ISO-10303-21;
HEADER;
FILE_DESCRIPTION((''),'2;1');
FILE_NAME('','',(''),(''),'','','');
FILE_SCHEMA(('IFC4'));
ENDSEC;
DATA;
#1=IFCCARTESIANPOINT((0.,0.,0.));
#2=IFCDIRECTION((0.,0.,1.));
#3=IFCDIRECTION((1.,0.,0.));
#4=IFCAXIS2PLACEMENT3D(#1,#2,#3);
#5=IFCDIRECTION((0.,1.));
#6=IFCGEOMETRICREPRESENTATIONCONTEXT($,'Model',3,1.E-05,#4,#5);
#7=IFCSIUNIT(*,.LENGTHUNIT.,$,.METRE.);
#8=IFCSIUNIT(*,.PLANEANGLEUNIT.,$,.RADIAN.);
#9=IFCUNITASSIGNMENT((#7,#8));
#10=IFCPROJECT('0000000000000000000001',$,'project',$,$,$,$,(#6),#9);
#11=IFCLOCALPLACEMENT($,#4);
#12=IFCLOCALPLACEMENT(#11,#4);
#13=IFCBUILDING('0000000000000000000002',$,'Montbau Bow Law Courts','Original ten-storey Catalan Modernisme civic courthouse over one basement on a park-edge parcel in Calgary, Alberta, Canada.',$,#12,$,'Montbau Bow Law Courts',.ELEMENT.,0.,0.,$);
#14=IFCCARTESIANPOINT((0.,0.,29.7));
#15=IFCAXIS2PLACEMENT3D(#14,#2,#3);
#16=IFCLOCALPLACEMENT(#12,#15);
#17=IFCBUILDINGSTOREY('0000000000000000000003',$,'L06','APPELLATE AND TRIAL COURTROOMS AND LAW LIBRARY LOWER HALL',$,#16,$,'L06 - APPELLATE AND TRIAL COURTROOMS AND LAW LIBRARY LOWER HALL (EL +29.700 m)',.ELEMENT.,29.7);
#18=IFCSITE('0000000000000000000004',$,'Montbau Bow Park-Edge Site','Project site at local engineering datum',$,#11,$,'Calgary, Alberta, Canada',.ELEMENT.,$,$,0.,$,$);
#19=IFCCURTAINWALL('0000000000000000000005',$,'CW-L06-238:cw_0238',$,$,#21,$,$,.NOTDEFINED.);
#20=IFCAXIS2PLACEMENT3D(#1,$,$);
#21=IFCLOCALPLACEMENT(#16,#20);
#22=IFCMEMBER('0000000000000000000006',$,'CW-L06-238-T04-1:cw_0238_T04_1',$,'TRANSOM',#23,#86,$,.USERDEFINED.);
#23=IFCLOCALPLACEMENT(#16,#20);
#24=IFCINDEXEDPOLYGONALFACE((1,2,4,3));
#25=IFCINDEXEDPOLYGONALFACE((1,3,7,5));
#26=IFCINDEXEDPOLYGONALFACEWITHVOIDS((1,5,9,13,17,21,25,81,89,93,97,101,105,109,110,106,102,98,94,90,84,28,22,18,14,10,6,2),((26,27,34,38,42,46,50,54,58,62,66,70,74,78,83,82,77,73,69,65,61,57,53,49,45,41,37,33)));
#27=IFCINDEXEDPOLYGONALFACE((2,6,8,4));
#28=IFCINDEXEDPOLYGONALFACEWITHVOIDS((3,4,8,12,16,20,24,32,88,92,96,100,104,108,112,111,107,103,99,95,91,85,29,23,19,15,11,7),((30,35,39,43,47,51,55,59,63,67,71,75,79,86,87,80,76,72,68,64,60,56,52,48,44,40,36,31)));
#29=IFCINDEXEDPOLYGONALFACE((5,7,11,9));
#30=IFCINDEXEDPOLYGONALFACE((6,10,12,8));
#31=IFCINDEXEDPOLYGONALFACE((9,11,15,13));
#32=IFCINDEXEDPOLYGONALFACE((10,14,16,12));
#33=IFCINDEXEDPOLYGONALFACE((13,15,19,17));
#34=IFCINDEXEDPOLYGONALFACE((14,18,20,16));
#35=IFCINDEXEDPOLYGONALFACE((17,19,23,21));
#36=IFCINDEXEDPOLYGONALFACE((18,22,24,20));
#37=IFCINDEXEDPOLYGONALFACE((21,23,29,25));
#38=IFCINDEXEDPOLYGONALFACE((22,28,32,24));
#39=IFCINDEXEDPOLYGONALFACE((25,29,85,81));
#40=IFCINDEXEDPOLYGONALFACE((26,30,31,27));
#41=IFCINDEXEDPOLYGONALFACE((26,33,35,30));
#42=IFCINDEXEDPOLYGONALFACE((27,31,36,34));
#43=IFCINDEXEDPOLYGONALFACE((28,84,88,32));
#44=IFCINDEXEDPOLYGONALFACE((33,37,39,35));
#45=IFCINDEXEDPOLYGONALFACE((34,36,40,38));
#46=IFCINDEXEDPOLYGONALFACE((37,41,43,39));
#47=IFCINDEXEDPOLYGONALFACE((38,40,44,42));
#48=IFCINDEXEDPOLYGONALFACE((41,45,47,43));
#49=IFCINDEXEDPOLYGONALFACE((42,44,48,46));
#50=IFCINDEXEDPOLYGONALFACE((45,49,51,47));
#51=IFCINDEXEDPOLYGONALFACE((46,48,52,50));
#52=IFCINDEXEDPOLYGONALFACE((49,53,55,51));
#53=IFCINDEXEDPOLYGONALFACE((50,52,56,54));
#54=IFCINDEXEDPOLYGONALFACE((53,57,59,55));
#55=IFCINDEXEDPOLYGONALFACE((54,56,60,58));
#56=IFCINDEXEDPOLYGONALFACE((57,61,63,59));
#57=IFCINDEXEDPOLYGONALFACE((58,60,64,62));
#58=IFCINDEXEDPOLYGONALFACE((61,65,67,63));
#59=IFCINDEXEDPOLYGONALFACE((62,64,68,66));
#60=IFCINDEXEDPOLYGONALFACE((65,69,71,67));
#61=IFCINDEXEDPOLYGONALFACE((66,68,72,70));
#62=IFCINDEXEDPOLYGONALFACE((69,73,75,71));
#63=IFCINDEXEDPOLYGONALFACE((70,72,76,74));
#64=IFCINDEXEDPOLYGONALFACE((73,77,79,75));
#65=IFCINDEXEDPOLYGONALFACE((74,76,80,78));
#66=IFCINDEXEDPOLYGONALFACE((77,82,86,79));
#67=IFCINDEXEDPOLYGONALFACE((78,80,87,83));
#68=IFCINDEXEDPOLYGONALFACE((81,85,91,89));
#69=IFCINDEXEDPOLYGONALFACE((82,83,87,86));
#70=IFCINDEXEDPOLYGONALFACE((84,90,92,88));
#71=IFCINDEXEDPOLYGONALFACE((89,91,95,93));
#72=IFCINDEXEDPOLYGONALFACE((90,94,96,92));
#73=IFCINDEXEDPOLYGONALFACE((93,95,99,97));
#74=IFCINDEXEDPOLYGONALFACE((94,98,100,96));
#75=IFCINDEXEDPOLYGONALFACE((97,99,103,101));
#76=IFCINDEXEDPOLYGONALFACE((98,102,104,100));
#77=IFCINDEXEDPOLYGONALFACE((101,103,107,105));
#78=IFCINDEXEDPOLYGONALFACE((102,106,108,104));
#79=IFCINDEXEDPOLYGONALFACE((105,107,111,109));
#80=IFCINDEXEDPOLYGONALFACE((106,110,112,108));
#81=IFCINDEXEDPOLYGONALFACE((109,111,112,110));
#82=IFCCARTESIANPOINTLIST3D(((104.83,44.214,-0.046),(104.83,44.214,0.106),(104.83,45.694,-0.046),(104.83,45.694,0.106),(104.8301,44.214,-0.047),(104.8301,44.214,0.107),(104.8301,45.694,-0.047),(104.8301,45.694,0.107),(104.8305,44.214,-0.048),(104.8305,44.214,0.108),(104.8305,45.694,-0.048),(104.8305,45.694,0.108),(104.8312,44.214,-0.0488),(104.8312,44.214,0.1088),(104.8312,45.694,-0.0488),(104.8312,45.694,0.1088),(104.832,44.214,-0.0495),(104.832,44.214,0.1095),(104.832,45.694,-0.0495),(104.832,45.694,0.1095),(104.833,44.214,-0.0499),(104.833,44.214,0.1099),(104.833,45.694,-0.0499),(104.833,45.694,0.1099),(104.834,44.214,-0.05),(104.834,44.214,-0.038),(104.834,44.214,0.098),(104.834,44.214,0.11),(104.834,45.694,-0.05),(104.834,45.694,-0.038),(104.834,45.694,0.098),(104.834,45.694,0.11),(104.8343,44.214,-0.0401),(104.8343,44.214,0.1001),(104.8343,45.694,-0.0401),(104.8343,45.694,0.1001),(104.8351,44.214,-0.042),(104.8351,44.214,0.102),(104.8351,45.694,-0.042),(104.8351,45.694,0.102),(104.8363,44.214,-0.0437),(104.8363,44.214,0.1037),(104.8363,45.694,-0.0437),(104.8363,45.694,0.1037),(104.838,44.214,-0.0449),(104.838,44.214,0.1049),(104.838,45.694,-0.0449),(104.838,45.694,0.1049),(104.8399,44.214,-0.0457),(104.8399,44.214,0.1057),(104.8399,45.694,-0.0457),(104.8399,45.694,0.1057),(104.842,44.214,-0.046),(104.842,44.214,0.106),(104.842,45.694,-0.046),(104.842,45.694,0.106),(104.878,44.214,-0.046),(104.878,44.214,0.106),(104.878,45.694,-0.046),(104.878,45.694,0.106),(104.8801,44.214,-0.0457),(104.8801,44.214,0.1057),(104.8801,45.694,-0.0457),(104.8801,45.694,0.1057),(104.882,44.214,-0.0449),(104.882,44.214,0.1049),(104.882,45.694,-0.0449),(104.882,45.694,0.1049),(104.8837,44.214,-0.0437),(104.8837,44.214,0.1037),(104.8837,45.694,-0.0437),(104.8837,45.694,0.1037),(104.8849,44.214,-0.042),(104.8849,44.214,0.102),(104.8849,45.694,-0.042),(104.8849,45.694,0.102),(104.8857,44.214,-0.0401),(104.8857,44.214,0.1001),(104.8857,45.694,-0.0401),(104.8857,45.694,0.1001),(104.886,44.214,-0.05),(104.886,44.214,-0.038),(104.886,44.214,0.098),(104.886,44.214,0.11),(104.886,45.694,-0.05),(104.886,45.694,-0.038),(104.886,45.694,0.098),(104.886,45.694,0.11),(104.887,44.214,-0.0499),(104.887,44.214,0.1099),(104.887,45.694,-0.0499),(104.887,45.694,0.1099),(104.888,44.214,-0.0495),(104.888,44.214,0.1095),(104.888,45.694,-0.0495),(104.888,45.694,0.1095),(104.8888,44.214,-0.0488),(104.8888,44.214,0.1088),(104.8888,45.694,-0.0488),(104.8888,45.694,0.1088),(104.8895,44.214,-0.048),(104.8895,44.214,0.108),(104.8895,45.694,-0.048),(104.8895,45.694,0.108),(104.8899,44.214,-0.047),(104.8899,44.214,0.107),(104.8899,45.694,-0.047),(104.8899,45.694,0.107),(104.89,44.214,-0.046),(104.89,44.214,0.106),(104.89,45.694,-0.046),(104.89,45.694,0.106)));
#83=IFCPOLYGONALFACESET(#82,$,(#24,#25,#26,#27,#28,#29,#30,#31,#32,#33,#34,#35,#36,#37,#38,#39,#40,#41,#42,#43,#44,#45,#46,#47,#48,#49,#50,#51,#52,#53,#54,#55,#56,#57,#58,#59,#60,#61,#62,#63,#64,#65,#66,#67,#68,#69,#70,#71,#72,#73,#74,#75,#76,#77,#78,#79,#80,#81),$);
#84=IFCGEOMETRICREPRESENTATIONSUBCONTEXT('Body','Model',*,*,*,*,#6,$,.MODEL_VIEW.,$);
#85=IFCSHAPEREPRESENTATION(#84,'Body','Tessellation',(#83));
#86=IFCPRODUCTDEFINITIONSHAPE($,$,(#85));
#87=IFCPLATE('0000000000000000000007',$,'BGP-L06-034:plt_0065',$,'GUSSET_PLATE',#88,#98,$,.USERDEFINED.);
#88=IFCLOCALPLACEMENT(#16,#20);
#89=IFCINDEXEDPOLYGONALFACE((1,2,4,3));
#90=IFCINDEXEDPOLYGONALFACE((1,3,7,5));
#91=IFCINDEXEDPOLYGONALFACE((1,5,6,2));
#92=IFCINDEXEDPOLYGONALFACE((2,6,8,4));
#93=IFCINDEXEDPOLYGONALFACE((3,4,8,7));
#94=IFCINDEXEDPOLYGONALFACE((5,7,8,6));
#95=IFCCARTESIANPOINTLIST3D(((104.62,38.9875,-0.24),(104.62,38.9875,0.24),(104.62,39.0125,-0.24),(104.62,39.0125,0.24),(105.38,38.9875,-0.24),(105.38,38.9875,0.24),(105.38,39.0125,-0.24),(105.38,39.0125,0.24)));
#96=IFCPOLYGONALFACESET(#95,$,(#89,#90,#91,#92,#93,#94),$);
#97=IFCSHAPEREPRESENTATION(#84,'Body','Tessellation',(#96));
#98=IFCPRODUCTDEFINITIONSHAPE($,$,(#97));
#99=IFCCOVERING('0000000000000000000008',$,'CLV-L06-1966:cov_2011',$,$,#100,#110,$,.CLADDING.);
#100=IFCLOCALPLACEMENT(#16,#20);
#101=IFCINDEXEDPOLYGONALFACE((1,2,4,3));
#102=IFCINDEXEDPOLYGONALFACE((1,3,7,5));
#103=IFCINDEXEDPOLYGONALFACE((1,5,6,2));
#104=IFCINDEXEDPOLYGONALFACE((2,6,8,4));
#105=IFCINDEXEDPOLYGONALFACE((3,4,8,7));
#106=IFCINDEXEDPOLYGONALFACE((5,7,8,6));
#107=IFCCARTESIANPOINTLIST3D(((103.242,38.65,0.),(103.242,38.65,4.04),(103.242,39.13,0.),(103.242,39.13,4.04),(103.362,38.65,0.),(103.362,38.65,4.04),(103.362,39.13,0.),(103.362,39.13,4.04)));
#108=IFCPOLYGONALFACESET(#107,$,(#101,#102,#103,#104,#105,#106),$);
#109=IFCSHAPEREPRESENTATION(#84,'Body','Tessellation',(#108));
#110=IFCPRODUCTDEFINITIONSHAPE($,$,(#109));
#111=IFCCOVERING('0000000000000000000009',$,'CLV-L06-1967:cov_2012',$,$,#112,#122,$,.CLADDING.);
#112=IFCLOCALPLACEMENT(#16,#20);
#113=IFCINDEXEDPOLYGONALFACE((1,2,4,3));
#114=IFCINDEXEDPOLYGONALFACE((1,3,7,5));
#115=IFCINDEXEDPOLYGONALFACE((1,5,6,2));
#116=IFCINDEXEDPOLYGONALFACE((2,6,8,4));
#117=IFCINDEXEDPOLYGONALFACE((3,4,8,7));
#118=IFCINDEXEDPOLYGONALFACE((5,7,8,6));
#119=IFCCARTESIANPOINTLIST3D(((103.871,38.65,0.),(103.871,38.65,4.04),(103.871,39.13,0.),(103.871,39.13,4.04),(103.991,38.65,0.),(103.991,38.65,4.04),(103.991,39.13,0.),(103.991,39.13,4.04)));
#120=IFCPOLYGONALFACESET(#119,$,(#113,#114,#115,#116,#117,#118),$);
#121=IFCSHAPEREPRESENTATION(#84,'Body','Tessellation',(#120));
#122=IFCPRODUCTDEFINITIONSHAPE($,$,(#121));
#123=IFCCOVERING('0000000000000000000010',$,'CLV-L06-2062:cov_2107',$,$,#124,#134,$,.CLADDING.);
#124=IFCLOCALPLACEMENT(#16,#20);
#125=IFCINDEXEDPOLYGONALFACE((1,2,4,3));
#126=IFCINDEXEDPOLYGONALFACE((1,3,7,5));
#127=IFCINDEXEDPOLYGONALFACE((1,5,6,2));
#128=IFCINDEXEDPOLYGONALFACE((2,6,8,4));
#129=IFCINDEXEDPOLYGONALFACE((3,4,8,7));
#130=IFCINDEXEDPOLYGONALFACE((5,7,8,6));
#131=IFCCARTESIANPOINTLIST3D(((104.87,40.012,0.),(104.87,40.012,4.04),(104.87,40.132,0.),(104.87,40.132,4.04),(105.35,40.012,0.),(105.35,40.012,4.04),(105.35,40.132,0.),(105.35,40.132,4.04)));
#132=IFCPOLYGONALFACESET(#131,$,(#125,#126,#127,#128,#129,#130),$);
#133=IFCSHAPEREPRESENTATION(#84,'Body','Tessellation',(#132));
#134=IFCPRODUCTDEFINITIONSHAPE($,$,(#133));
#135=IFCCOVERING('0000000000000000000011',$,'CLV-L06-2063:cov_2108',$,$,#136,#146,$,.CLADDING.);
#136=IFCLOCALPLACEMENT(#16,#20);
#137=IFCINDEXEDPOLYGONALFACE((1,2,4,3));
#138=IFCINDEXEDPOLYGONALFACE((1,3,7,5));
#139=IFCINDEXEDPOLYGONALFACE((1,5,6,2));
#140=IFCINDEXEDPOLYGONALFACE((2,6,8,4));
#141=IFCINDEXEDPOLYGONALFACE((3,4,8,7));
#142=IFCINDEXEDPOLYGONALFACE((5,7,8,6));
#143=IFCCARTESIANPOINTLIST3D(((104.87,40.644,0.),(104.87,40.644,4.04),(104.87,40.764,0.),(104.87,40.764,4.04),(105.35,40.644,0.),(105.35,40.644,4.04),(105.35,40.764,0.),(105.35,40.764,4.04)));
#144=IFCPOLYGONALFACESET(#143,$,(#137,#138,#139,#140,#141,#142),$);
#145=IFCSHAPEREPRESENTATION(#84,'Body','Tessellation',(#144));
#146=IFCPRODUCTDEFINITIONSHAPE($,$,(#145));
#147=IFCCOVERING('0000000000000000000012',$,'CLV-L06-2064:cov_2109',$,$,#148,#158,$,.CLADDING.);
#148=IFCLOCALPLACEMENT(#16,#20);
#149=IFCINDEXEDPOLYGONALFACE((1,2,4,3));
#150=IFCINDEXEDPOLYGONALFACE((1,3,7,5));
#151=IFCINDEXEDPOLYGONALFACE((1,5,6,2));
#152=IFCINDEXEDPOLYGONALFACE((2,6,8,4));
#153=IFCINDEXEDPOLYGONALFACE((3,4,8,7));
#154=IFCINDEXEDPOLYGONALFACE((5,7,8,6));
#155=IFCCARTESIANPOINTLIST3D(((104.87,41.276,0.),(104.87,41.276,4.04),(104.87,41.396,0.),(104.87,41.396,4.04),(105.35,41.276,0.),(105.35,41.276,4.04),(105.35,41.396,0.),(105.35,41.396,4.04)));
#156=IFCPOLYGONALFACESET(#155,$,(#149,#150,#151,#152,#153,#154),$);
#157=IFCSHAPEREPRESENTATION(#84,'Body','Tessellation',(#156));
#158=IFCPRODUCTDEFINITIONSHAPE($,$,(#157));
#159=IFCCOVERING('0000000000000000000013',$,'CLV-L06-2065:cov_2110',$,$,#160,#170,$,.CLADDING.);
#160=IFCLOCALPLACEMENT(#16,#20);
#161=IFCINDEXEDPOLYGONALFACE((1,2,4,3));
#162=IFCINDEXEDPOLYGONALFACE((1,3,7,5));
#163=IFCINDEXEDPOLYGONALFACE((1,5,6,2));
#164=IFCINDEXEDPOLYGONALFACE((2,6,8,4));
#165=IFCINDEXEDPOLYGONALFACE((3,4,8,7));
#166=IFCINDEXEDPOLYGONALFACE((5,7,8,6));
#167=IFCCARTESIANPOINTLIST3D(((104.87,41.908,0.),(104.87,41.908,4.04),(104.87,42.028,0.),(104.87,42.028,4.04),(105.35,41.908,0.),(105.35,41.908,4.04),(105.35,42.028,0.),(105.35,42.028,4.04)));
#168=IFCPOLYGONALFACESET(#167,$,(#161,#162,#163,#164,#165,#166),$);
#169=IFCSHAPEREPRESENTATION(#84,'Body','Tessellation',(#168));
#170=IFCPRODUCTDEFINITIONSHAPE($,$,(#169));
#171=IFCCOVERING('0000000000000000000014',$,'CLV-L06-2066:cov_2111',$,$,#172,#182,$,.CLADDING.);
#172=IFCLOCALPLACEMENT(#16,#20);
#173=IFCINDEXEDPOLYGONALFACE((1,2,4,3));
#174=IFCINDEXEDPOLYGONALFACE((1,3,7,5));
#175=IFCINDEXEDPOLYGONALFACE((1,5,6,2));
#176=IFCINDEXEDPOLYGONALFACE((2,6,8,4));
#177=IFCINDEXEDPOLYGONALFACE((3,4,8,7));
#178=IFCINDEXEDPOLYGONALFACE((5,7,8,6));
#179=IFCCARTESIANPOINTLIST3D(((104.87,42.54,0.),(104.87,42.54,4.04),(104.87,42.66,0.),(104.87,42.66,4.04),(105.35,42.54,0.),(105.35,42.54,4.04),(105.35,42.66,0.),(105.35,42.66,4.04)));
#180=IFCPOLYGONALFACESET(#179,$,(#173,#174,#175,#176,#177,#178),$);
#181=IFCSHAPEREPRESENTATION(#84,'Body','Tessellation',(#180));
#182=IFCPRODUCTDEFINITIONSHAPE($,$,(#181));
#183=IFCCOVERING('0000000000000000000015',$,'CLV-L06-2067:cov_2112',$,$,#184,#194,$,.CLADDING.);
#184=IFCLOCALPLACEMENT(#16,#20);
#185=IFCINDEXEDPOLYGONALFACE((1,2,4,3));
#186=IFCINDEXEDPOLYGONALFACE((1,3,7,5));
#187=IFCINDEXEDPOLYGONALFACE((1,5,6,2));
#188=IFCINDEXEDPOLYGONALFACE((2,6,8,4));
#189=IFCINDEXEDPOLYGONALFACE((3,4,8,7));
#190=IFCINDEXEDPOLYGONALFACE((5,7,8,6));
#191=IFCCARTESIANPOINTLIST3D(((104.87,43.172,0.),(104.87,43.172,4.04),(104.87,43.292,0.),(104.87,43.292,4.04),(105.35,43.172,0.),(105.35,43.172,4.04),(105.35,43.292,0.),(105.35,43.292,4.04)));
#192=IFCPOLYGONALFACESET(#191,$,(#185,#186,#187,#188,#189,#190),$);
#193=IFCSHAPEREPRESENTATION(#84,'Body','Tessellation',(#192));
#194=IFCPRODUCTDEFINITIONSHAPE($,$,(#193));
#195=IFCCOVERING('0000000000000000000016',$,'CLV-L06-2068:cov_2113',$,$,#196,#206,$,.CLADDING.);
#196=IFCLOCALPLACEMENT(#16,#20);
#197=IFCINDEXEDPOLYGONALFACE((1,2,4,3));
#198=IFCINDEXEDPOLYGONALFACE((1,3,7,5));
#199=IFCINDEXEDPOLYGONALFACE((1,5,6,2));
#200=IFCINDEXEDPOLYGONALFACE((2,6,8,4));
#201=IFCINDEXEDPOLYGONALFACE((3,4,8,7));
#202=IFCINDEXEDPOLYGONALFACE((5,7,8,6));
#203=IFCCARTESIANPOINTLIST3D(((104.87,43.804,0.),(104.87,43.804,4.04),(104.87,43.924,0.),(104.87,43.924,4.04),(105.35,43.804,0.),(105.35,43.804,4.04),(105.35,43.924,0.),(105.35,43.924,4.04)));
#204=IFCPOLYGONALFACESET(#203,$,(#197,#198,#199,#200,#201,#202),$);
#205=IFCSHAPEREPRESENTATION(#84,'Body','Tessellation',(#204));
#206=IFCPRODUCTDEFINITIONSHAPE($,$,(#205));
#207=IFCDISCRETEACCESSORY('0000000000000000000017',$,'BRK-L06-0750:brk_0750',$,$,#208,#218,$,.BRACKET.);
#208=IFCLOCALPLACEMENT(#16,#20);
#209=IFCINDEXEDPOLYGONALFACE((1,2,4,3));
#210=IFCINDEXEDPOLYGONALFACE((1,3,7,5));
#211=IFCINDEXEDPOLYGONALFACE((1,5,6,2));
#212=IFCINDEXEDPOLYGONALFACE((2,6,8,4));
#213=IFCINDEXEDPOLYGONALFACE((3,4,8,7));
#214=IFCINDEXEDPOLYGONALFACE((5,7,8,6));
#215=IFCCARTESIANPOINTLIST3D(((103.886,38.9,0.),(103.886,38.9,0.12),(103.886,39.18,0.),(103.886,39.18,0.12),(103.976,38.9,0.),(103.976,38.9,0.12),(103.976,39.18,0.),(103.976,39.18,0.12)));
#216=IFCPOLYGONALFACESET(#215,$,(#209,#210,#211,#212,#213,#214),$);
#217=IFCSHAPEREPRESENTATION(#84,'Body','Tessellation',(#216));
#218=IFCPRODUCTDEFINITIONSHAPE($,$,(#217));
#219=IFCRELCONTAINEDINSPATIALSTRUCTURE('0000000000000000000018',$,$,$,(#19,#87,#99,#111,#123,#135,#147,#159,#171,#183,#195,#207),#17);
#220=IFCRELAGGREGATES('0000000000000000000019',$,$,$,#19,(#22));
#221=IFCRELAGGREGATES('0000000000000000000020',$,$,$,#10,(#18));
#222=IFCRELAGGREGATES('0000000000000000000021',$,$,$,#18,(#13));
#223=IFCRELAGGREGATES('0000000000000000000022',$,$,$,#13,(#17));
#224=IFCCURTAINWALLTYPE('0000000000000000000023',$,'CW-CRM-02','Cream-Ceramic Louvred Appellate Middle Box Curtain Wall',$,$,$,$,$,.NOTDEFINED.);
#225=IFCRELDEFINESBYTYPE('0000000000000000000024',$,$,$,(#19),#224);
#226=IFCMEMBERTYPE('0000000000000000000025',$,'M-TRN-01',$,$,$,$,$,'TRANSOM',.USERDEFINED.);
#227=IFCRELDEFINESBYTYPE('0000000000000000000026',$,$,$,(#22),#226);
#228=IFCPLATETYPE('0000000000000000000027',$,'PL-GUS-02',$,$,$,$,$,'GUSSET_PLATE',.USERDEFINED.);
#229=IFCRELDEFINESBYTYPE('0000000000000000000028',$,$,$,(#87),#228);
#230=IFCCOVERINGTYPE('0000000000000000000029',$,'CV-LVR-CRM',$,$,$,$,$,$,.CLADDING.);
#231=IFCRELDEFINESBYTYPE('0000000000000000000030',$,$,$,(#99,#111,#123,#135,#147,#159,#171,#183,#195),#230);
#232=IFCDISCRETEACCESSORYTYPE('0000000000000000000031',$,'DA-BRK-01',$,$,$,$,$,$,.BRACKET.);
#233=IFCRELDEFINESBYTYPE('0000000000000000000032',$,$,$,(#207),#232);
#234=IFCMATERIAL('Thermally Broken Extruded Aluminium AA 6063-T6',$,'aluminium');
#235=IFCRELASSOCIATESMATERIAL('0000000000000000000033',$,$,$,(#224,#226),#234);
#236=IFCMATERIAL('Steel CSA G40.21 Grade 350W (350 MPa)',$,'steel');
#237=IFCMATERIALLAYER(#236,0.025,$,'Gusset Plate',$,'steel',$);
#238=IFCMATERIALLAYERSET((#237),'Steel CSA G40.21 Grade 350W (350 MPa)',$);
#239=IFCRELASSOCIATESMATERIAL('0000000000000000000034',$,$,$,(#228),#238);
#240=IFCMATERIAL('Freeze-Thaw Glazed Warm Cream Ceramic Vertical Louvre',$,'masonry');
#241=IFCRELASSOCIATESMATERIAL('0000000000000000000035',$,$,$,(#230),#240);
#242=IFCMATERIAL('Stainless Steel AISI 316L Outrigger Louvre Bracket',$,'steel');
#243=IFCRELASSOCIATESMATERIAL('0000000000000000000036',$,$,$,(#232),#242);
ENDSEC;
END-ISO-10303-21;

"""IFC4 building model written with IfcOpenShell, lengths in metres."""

from ifc_helpers import new_model, si_unit, direction, frame, frame_2d, origin_with_axes, origin_2d_with_axis, place, context, subcontext, project, spatial, rectangle, hollow_rectangle, extrude, material, layer, layer_set, material_profile, profile_set, type_object, element, aggregate, save


model = new_model("IFC4")

# Units and contexts
model_context = context("Model", 3, precision=1e-05, world=origin_with_axes(), true_north=direction((0.0, 1.0)))
body_context = subcontext(model_context, "Body", "Model", "MODEL_VIEW")
ifc_project = project(units=[si_unit("LENGTHUNIT", "METRE"), si_unit("PLANEANGLEUNIT", "RADIAN")], contexts=[model_context])

# Site, building, storey
site_placement = place(None, origin_with_axes())
site = spatial("IfcSite", under=ifc_project, at=site_placement, Name="Montbau Bow Park-Edge Site", Description="Project site at local engineering datum", LongName="Calgary, Alberta, Canada", CompositionType="ELEMENT", RefElevation=0.0)
building_placement = place(site_placement, origin_with_axes())
building = spatial("IfcBuilding", under=site, at=building_placement, Name="Montbau Bow Law Courts", Description="Original ten-storey Catalan Modernisme civic courthouse over one basement on a park-edge parcel in Calgary, Alberta, Canada.", LongName="Montbau Bow Law Courts", CompositionType="ELEMENT", ElevationOfRefHeight=0.0, ElevationOfTerrain=0.0)
storey_placement = place(building_placement, frame((0.0, 0.0, 29.7), z_axis=(0.0, 0.0, 1.0), x_axis=(1.0, 0.0, 0.0)))
storey = spatial("IfcBuildingStorey", under=building, at=storey_placement, Name="L06", Description="APPELLATE AND TRIAL COURTROOMS AND LAW LIBRARY LOWER HALL", LongName="L06 - APPELLATE AND TRIAL COURTROOMS AND LAW LIBRARY LOWER HALL (EL +29.700 m)", CompositionType="ELEMENT", Elevation=29.7)

# Shared definitions
ifc_material_1 = material(Name="Thermally Broken Extruded Aluminium AA 6063-T6", Category="aluminium")
curtain_wall_type = type_object("IfcCurtainWallType", Name="CW-CRM-02", Description="Cream-Ceramic Louvred Appellate Middle Box Curtain Wall", PredefinedType="NOTDEFINED", material=ifc_material_1)

# Curtain wall
curtain_wall_1_placement = place(None, frame((104.86, 39.44, 29.7), z_axis=(0.0, 0.0, 1.0), x_axis=(1.0, 0.0, 0.0)))
curtain_wall_1 = element("IfcCurtainWall", 1, at=curtain_wall_1_placement, inside=storey, type_object=curtain_wall_type, Name="CW-L06-238:cw_0238", PredefinedType="NOTDEFINED")

# Member
ifc_material_profile_1 = material_profile(ifc_material_1, hollow_rectangle(XDim=0.06, YDim=0.16, WallThickness=0.004, InnerFilletRadius=0.008, OuterFilletRadius=0.004, at=origin_2d_with_axis()), Name="CWT-160X60", Category="Main", Priority=0)
ifc_profile_set_1 = profile_set([ifc_material_profile_1], Name="Thermally Broken Extruded Aluminium AA 6063-T6")
member_type_1 = type_object("IfcMemberType", Name="M-TRN-01", ElementType="TRANSOM", PredefinedType="USERDEFINED", material=ifc_profile_set_1)
member_1_placement = place(None, frame((104.86, 44.214, 29.73), z_axis=(0.0, 1.0, 0.0), x_axis=(-1.0, 0.0, 0.0)))
member_1 = element("IfcMember", 2, at=member_1_placement, type_object=member_type_1, Name="CW-L06-238-T04-1:cw_0238_T04_1", ObjectType="TRANSOM", PredefinedType="USERDEFINED", context=body_context, shape_type="SweptSolid", body=[
    extrude(hollow_rectangle(XDim=0.06, YDim=0.16, WallThickness=0.004, InnerFilletRadius=0.008, OuterFilletRadius=0.004, at=origin_2d_with_axis()), origin_with_axes(), (0.0, 0.0, 1.0), 1.48),
])
aggregate(curtain_wall_1, [member_1])

# Plate
ifc_material_2 = material(Name="Steel CSA G40.21 Grade 350W (350 MPa)", Category="steel")
ifc_layer = layer(ifc_material_2, 0.025, Name="Gusset Plate", Category="steel")
ifc_layer_set = layer_set([ifc_layer], Name="Steel CSA G40.21 Grade 350W (350 MPa)")
plate_type = type_object("IfcPlateType", Name="PL-GUS-02", ElementType="GUSSET_PLATE", PredefinedType="USERDEFINED", material=ifc_layer_set)
plate_placement = place(None, frame((105.0, 39.0, 29.46), z_axis=(0.0, 0.0, 1.0), x_axis=(1.0, 0.0, 0.0)))
element("IfcPlate", 3, at=plate_placement, inside=storey, type_object=plate_type, Name="BGP-L06-034:plt_0065", ObjectType="GUSSET_PLATE", PredefinedType="USERDEFINED", context=body_context, shape_type="SweptSolid", body=[
    extrude(rectangle(XDim=0.76, YDim=0.025, at=origin_2d_with_axis()), origin_with_axes(), (0.0, 0.0, 1.0), 0.48),
])

# Coverings
ifc_material_3 = material(Name="Freeze-Thaw Glazed Warm Cream Ceramic Vertical Louvre", Category="masonry")
covering_type = type_object("IfcCoveringType", Name="CV-LVR-CRM", PredefinedType="CLADDING", material=ifc_material_3)
for number, where, z_axis, x_axis, name in (
    (4, (103.302, 39.13, 29.7), (-1.0, 0.0, 0.0), (0.0, -1.0, 0.0), "CLV-L06-1966:cov_2011"),
    (5, (103.931, 39.13, 29.7), (-1.0, 0.0, 0.0), (0.0, -1.0, 0.0), "CLV-L06-1967:cov_2012"),
    (6, (104.87, 40.072, 29.7), (0.0, -1.0, 0.0), (1.0, 0.0, 0.0), "CLV-L06-2062:cov_2107"),
    (7, (104.87, 40.704, 29.7), (0.0, -1.0, 0.0), (1.0, 0.0, 0.0), "CLV-L06-2063:cov_2108"),
    (8, (104.87, 41.336, 29.7), (0.0, -1.0, 0.0), (1.0, 0.0, 0.0), "CLV-L06-2064:cov_2109"),
    (9, (104.87, 41.968, 29.7), (0.0, -1.0, 0.0), (1.0, 0.0, 0.0), "CLV-L06-2065:cov_2110"),
    (10, (104.87, 42.6, 29.7), (0.0, -1.0, 0.0), (1.0, 0.0, 0.0), "CLV-L06-2066:cov_2111"),
    (11, (104.87, 43.232, 29.7), (0.0, -1.0, 0.0), (1.0, 0.0, 0.0), "CLV-L06-2067:cov_2112"),
    (12, (104.87, 43.864, 29.7), (0.0, -1.0, 0.0), (1.0, 0.0, 0.0), "CLV-L06-2068:cov_2113"),
):
    element("IfcCovering", number, at=place(None, frame(where, z_axis=z_axis, x_axis=x_axis)), inside=storey, type_object=covering_type, Name=name, PredefinedType="CLADDING", context=body_context, shape_type="SweptSolid", body=[
        extrude(rectangle(XDim=0.48, YDim=4.04, at=frame_2d((0.24, 2.02), x_axis=(1.0, 0.0))), frame((0.0, 0.0, -0.06), z_axis=(0.0, 0.0, 1.0), x_axis=(1.0, 0.0, 0.0)), (0.0, 0.0, 1.0), 0.12),
    ])

# Discrete accessory
ifc_material_4 = material(Name="Stainless Steel AISI 316L Outrigger Louvre Bracket", Category="steel")
discrete_accessory_type = type_object("IfcDiscreteAccessoryType", Name="DA-BRK-01", PredefinedType="BRACKET", material=ifc_material_4)
for number, where, z_axis, x_axis, name in (
    (13, (103.931, 39.04, 29.7), (0.0, 0.0, 1.0), (0.0, -1.0, 0.0), "BRK-L06-0750:brk_0750"),
):
    element("IfcDiscreteAccessory", number, at=place(None, frame(where, z_axis=z_axis, x_axis=x_axis)), inside=storey, type_object=discrete_accessory_type, Name=name, PredefinedType="BRACKET", context=body_context, shape_type="SweptSolid", body=[
        extrude(rectangle(XDim=0.28, YDim=0.09, at=origin_2d_with_axis()), origin_with_axes(), (0.0, 0.0, 1.0), 0.12),
    ])

save(model, "model.ifc")
